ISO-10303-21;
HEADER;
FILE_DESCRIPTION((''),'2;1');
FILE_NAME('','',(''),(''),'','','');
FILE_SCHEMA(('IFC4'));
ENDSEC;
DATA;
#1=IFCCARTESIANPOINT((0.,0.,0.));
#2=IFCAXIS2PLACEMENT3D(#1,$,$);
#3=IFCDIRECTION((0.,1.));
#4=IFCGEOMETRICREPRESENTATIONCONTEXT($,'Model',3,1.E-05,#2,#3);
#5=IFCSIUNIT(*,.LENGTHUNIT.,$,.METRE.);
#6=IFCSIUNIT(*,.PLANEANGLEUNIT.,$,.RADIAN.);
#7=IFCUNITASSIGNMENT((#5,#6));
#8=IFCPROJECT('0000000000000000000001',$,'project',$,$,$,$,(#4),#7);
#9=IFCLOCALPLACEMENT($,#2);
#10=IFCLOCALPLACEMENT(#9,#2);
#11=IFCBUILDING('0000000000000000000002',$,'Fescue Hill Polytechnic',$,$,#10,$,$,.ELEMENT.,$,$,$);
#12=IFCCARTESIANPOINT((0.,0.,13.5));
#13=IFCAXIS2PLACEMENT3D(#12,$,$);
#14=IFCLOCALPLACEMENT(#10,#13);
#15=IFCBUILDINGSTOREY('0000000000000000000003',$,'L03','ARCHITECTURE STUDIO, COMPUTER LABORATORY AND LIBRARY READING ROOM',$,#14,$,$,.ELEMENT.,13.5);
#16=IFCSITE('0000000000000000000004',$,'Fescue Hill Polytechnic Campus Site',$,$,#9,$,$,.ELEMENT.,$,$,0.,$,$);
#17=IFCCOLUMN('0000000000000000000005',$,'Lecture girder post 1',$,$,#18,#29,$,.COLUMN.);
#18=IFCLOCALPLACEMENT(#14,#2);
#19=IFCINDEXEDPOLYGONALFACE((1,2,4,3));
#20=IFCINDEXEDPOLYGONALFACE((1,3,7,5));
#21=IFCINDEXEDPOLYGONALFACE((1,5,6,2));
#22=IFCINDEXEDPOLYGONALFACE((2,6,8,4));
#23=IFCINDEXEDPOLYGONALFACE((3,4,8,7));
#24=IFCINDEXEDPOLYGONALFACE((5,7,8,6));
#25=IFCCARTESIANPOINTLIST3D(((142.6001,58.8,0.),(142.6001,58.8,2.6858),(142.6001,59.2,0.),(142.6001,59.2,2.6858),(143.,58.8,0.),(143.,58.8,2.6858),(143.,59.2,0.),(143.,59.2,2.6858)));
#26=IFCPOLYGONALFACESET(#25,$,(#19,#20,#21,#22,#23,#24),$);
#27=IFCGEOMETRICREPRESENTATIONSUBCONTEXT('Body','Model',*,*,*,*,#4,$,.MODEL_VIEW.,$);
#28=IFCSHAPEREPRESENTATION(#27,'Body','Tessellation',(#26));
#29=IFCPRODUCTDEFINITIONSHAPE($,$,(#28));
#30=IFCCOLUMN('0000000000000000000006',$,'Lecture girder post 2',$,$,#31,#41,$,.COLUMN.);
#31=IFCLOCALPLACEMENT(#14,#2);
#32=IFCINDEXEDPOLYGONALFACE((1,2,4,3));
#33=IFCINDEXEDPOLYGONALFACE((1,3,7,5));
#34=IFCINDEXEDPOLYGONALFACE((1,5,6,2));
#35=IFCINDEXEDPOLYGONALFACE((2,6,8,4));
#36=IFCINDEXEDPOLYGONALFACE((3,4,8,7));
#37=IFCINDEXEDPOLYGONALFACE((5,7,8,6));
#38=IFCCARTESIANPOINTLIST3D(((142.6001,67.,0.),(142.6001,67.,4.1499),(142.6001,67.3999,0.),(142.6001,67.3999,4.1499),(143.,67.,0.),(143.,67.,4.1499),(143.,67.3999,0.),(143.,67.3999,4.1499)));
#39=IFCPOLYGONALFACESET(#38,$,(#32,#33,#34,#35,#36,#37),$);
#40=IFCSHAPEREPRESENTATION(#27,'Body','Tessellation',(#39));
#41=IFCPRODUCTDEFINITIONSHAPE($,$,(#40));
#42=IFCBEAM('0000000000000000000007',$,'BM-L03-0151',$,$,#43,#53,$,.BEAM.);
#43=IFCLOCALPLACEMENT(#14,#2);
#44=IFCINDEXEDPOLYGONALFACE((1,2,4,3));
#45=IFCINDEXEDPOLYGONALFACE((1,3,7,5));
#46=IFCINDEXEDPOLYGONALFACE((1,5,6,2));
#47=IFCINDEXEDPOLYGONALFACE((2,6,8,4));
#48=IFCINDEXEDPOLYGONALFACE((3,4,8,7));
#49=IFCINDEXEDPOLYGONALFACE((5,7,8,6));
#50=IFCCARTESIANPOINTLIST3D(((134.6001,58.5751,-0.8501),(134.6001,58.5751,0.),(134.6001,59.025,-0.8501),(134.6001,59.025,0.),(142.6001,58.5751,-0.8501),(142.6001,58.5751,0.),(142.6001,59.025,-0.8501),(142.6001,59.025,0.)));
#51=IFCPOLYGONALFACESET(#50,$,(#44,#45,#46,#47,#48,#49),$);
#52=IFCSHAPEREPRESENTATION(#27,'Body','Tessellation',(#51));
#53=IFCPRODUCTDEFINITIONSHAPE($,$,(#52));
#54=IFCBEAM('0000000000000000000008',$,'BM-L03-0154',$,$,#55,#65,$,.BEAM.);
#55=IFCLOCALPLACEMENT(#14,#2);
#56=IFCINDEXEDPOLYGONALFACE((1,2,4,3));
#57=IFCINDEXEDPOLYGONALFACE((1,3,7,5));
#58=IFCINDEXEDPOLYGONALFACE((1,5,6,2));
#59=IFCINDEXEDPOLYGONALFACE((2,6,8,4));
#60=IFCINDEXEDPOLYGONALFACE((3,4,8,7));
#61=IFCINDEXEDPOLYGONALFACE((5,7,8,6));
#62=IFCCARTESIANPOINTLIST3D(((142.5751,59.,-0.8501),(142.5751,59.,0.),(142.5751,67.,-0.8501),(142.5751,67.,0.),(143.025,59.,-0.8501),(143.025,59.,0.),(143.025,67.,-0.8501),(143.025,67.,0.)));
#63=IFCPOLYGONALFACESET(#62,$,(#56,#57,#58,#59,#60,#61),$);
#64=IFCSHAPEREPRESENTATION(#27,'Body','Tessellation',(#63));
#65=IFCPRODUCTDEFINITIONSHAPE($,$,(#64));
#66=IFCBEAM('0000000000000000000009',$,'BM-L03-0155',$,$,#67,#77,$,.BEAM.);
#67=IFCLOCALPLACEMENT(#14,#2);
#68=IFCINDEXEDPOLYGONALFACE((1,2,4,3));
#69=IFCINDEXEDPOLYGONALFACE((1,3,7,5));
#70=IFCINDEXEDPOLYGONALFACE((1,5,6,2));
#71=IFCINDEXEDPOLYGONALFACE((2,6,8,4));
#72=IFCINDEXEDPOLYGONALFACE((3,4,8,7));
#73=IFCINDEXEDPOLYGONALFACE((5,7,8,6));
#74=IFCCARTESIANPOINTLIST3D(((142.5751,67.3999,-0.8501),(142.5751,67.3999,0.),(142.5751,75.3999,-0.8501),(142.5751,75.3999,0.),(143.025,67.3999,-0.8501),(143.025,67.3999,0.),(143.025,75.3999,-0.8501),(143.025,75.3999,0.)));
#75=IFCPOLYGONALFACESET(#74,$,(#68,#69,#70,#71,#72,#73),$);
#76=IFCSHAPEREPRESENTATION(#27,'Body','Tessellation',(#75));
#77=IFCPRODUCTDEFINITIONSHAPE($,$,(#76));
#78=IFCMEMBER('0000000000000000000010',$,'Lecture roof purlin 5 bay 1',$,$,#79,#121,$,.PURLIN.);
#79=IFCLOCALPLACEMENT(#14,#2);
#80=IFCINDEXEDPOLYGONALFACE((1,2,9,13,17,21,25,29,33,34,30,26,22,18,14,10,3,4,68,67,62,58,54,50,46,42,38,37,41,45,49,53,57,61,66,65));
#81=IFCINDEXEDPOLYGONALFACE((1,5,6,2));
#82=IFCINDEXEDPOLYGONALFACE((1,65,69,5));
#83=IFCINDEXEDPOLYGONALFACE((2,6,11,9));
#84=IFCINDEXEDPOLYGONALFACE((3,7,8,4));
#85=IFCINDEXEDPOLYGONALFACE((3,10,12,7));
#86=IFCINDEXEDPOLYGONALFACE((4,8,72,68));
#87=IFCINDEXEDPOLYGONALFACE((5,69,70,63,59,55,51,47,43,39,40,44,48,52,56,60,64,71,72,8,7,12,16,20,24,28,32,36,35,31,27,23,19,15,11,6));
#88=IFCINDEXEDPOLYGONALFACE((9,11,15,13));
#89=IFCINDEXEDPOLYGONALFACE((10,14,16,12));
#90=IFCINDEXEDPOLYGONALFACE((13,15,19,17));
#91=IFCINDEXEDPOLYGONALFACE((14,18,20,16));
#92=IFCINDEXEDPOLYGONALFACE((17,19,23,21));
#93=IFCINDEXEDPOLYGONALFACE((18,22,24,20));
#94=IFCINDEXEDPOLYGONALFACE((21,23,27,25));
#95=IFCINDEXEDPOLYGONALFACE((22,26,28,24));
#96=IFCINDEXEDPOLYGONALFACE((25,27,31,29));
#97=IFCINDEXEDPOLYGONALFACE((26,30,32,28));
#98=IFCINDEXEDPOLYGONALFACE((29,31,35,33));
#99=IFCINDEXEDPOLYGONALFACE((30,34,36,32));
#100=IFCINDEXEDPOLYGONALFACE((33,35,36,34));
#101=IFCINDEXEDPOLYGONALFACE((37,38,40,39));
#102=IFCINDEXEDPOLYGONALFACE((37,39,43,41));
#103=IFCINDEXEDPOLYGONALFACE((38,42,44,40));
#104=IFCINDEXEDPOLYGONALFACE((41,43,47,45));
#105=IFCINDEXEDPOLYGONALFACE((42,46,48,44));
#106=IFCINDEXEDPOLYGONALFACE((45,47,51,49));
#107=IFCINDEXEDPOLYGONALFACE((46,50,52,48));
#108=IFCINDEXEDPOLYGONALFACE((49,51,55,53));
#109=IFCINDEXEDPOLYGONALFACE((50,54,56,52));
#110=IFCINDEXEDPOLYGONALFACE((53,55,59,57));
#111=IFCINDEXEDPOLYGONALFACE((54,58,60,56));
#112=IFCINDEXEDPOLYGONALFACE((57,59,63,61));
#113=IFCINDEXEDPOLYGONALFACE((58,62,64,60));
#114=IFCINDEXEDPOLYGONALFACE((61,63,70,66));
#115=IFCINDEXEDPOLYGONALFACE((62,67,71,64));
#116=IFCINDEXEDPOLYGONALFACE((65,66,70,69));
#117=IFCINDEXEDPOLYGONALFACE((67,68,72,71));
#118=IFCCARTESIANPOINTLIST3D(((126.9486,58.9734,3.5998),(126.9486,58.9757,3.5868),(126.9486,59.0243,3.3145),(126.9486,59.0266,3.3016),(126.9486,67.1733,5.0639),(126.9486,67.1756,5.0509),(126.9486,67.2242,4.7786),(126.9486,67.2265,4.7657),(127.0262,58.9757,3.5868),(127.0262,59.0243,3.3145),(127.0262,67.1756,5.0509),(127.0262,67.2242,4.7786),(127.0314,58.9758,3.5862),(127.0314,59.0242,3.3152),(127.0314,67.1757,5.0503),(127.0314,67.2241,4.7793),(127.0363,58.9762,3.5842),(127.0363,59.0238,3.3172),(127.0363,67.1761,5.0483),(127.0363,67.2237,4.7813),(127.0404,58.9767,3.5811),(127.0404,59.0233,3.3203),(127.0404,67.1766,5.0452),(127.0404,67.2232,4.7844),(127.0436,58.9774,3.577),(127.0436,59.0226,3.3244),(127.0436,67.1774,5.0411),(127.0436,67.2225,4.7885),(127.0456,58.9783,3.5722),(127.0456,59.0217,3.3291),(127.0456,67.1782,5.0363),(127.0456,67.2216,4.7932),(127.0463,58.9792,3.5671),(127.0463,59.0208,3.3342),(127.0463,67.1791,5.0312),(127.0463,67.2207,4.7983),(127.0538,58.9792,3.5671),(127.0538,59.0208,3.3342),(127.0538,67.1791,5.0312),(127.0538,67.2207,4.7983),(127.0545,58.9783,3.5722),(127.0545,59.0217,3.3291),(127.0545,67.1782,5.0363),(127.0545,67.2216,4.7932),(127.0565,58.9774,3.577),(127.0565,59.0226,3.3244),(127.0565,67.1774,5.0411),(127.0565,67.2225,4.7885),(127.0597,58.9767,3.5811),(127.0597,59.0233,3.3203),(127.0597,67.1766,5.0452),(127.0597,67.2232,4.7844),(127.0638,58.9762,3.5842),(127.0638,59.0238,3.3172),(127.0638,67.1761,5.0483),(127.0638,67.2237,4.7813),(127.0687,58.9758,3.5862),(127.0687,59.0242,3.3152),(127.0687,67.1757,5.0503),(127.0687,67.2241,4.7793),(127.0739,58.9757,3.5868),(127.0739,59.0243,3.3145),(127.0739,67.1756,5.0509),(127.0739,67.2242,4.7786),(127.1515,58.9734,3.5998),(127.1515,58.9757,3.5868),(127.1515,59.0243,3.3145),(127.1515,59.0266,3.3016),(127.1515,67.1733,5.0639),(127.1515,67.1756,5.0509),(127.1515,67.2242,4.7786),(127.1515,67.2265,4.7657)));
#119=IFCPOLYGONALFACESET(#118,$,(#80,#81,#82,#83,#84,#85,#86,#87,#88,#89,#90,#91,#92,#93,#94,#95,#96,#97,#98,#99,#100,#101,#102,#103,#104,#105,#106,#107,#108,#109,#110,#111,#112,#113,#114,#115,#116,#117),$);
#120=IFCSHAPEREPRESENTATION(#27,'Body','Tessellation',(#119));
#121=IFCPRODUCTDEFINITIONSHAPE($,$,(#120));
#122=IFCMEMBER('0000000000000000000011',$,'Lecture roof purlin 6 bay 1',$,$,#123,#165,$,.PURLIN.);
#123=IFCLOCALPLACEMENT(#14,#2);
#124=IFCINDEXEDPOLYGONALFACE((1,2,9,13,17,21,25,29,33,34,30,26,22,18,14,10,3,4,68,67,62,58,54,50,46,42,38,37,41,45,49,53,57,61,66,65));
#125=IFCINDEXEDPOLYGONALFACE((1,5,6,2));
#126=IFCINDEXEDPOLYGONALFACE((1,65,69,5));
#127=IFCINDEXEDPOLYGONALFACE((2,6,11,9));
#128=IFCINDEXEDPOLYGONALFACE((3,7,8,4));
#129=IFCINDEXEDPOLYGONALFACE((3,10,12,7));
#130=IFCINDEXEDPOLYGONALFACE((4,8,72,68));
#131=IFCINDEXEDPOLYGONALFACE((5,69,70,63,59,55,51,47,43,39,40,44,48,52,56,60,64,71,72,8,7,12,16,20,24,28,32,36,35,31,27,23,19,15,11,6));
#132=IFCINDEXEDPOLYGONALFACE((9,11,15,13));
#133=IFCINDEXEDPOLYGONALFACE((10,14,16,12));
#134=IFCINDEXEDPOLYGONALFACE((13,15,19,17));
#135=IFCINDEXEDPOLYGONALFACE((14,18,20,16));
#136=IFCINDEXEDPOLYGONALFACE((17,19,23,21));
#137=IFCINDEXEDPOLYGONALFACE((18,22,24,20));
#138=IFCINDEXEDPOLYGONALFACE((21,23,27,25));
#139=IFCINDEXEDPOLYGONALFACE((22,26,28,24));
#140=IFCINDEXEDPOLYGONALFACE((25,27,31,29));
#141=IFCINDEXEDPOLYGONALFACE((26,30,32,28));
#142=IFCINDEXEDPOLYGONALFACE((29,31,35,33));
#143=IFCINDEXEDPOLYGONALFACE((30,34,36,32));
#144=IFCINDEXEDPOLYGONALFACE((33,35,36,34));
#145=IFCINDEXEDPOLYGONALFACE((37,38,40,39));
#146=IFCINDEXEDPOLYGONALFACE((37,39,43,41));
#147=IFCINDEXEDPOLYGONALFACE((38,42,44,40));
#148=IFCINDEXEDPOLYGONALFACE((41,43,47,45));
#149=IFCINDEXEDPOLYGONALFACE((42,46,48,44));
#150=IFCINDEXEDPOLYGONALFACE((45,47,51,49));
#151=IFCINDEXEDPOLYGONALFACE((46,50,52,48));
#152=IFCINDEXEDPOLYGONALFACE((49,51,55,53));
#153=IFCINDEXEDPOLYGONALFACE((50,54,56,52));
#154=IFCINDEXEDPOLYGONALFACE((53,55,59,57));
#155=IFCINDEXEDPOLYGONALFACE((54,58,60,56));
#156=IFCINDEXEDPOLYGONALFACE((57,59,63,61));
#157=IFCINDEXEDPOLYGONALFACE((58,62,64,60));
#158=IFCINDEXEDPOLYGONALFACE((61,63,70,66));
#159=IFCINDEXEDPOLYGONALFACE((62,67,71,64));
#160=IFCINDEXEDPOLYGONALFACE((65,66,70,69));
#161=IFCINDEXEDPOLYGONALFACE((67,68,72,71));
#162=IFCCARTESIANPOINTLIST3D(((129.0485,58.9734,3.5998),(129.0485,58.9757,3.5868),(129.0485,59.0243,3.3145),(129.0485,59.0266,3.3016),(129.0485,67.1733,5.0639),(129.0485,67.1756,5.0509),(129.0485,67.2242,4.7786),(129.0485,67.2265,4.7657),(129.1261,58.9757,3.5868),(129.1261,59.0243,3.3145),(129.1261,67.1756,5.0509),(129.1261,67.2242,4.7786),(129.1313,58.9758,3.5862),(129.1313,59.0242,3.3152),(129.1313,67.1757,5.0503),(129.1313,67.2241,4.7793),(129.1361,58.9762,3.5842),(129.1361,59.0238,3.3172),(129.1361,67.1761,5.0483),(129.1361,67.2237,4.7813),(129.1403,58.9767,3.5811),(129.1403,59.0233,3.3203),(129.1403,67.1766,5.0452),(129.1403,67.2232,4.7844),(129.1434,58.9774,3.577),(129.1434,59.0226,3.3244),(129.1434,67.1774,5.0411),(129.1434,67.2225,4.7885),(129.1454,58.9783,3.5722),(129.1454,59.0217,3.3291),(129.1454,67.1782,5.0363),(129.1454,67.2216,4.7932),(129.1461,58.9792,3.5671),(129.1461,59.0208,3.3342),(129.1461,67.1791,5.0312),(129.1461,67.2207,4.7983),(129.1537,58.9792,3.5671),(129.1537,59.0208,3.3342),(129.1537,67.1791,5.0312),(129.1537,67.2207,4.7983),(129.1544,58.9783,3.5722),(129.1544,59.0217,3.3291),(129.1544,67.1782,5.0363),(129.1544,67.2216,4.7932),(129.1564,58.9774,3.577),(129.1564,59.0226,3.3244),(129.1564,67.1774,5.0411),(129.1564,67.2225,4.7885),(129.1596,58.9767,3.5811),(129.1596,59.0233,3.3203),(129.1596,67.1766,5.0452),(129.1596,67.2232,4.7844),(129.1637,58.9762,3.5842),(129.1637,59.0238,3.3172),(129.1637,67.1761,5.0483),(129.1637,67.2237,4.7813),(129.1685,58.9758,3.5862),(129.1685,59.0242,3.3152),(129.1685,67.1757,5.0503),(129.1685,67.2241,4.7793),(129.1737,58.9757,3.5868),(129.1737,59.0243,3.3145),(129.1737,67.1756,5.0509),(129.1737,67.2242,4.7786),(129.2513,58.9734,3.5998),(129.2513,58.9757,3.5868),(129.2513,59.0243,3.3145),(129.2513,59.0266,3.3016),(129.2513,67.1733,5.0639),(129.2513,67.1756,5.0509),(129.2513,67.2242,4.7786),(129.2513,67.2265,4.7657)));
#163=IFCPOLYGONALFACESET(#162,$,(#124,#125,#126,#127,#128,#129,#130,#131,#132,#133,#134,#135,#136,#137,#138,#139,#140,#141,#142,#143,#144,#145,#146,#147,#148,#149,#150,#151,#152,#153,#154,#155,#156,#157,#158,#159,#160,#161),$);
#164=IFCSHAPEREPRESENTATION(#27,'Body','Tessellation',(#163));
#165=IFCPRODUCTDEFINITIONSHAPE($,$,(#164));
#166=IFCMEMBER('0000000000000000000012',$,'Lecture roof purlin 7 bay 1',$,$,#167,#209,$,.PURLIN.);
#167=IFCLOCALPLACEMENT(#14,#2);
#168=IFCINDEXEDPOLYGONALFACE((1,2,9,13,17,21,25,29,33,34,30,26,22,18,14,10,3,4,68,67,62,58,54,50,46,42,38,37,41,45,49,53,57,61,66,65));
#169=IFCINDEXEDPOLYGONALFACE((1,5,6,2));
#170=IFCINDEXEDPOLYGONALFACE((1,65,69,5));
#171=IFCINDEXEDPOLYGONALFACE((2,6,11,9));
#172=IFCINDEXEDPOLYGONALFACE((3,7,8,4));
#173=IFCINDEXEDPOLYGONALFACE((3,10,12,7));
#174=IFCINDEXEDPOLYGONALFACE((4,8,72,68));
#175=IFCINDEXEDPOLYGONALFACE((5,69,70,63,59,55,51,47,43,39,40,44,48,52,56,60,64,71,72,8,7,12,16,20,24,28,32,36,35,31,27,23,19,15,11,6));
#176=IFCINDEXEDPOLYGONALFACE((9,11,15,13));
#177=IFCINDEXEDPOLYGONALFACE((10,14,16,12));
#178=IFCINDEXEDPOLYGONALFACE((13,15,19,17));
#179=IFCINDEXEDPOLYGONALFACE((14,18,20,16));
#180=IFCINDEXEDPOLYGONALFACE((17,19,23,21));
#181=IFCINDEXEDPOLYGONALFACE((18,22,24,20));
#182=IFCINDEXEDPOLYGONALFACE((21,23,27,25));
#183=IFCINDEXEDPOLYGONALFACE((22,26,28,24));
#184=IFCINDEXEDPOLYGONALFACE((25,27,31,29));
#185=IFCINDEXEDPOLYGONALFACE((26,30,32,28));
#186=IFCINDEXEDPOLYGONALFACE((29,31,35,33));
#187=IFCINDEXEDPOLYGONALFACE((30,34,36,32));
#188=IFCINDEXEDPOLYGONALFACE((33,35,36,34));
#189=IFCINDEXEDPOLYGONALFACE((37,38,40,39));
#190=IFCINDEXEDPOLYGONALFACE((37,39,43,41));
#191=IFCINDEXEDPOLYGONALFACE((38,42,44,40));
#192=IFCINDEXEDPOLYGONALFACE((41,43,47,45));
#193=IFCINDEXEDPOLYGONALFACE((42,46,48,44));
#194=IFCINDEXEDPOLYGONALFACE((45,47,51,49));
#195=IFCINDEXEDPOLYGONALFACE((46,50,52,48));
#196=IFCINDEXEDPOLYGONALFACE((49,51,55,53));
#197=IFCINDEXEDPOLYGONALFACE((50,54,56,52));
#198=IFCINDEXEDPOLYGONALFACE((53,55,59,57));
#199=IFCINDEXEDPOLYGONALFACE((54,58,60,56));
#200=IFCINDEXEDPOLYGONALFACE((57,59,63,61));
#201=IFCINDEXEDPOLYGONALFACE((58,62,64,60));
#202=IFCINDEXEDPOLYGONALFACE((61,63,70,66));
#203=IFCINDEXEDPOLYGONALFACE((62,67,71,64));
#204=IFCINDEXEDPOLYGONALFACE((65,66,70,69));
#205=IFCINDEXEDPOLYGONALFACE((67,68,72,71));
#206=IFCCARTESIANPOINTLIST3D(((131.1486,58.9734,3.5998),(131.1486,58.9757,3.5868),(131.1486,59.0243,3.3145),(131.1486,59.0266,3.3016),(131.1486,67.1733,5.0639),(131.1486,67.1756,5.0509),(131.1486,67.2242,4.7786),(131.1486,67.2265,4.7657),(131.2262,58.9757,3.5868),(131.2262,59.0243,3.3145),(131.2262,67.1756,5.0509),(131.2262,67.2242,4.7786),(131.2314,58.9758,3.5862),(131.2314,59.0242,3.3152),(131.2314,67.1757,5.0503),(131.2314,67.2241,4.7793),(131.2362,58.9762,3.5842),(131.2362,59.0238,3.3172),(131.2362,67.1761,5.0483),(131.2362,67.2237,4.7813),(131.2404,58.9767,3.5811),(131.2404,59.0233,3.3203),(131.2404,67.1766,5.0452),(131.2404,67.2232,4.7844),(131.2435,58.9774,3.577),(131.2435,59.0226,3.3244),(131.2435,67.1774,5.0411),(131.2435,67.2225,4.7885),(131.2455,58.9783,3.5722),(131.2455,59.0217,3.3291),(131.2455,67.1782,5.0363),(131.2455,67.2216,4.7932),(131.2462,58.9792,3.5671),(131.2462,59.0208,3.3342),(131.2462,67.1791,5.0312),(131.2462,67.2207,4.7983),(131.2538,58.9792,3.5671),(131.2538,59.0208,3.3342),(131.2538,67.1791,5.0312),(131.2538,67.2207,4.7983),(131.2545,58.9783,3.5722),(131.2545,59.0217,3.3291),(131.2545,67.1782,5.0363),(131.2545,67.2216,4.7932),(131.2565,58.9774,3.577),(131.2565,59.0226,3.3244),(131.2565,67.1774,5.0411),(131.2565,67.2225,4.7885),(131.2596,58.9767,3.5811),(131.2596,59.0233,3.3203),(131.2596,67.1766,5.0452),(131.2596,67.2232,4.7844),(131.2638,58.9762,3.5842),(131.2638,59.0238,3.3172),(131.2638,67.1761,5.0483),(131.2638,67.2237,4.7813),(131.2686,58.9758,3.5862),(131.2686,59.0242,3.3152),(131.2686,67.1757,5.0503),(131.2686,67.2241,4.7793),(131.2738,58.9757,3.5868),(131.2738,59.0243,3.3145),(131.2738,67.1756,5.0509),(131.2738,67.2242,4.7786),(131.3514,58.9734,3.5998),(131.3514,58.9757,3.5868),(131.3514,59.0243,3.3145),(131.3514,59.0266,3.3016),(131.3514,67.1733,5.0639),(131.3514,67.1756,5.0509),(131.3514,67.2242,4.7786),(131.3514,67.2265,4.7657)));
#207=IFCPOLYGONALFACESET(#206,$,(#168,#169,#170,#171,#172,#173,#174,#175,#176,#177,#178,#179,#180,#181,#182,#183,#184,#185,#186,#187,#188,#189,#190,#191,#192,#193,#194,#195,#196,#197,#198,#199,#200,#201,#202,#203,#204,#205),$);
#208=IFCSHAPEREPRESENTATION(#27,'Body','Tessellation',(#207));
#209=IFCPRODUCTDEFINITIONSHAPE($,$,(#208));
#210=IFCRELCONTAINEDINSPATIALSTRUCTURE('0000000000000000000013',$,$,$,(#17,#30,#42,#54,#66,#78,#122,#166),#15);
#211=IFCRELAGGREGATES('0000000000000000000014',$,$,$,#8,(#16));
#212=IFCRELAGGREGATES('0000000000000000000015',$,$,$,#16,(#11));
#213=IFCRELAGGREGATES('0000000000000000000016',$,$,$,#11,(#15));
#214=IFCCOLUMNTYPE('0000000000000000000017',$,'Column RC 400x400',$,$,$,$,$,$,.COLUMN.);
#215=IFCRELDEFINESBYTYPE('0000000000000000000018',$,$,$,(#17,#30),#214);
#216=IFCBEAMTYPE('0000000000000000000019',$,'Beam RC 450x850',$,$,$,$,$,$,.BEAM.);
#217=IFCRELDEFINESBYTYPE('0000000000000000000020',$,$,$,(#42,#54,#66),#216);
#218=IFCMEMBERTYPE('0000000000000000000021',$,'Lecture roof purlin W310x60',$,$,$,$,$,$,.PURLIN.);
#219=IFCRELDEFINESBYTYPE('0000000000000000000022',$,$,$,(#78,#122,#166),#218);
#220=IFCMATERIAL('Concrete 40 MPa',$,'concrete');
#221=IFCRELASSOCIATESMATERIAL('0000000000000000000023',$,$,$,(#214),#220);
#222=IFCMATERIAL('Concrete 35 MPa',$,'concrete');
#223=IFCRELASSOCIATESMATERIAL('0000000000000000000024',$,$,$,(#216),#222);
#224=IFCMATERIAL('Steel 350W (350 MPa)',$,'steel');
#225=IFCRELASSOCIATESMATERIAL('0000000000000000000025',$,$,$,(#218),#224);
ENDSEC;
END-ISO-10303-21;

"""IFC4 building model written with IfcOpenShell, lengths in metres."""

from ifc_helpers import new_model, si_unit, direction, frame, origin, origin_2d, place, context, subcontext, project, spatial, rectangle, i_section, extrude, material, material_profile, profile_set, type_object, element, save


model = new_model("IFC4")

# Units and contexts
model_context = context("Model", 3, precision=1e-05, world=origin(), true_north=direction((0.0, 1.0)))
body_context = subcontext(model_context, "Body", "Model", "MODEL_VIEW")
ifc_project = project(units=[si_unit("LENGTHUNIT", "METRE"), si_unit("PLANEANGLEUNIT", "RADIAN")], contexts=[model_context])

# Site, building, storey
site_placement = place(None, origin())
site = spatial("IfcSite", under=ifc_project, at=site_placement, Name="Fescue Hill Polytechnic Campus Site", CompositionType="ELEMENT", RefElevation=0.0)
building_placement = place(site_placement, origin())
building = spatial("IfcBuilding", under=site, at=building_placement, Name="Fescue Hill Polytechnic", CompositionType="ELEMENT")
storey_placement = place(building_placement, frame((0.0, 0.0, 13.5)))
storey = spatial("IfcBuildingStorey", under=building, at=storey_placement, Name="L03", Description="ARCHITECTURE STUDIO, COMPUTER LABORATORY AND LIBRARY READING ROOM", CompositionType="ELEMENT", Elevation=13.5)

# Columns
ifc_material_1 = material(Name="Concrete 40 MPa", Category="concrete")
ifc_material_profile_1 = material_profile(ifc_material_1, rectangle(XDim=0.3999, YDim=0.3999, at=origin_2d()), Name="RC 400x400")
ifc_profile_set_1 = profile_set([ifc_material_profile_1], Name="Concrete 40 MPa")
column_type = type_object("IfcColumnType", Name="Column RC 400x400", PredefinedType="COLUMN", material=ifc_profile_set_1)
column_1_placement = place(storey_placement, frame((142.8, 59.0, 0.0), z_axis=(0.0, 0.0, 1.0), x_axis=(1.0, 0.0, 0.0)))
element("IfcColumn", 1, at=column_1_placement, inside=storey, type_object=column_type, Name="Lecture girder post 1", PredefinedType="COLUMN", context=body_context, shape_type="SweptSolid", body=[
    extrude(rectangle(XDim=0.3999, YDim=0.3999, at=origin_2d()), origin(), (0.0, 0.0, 1.0), 2.6858),
])
column_2_placement = place(storey_placement, frame((142.8, 67.2, 0.0), z_axis=(0.0, 0.0, 1.0), x_axis=(1.0, 0.0, 0.0)))
element("IfcColumn", 2, at=column_2_placement, inside=storey, type_object=column_type, Name="Lecture girder post 2", PredefinedType="COLUMN", context=body_context, shape_type="SweptSolid", body=[
    extrude(rectangle(XDim=0.3999, YDim=0.3999, at=origin_2d()), origin(), (0.0, 0.0, 1.0), 4.1499),
])

# Beams
ifc_material_2 = material(Name="Concrete 35 MPa", Category="concrete")
ifc_material_profile_2 = material_profile(ifc_material_2, rectangle(XDim=0.45, YDim=0.8501, at=origin_2d()), Name="RC 450x850")
ifc_profile_set_2 = profile_set([ifc_material_profile_2], Name="Concrete 35 MPa")
beam_type = type_object("IfcBeamType", Name="Beam RC 450x850", PredefinedType="BEAM", material=ifc_profile_set_2)
for number, where, z_axis, x_axis, name in (
    (3, (134.6001, 58.8, -0.425), (1.0, 0.0, 0.0), (0.0, 1.0, 0.0), "BM-L03-0151"),
    (4, (142.8, 59.0, -0.425), (0.0, 1.0, 0.0), (-1.0, 0.0, 0.0), "BM-L03-0154"),
    (5, (142.8, 67.3999, -0.425), (0.0, 1.0, 0.0), (-1.0, 0.0, 0.0), "BM-L03-0155"),
):
    element("IfcBeam", number, at=place(storey_placement, frame(where, z_axis=z_axis, x_axis=x_axis)), inside=storey, type_object=beam_type, Name=name, PredefinedType="BEAM", context=body_context, shape_type="SweptSolid", body=[
        extrude(rectangle(XDim=0.45, YDim=0.8501, at=origin_2d()), origin(), (0.0, 0.0, 1.0), 8.0),
    ])

# Members
ifc_material_3 = material(Name="Steel 350W (350 MPa)", Category="steel")
ifc_material_profile_3 = material_profile(ifc_material_3, i_section(OverallWidth=0.2029, OverallDepth=0.303, WebThickness=0.0076, FlangeThickness=0.0132, FilletRadius=0.02, at=origin_2d()), Name="W310x60")
ifc_profile_set_3 = profile_set([ifc_material_profile_3], Name="Steel 350W (350 MPa)")
member_type = type_object("IfcMemberType", Name="Lecture roof purlin W310x60", PredefinedType="PURLIN", material=ifc_profile_set_3)
for number, where, z_axis, x_axis, name in (
    (6, (127.05, 59.0, 3.4507), (0.0, 0.984431, 0.175771), (-1.0, 0.0, 0.0), "Lecture roof purlin 5 bay 1"),
    (7, (129.1499, 59.0, 3.4507), (0.0, 0.984431, 0.175771), (-1.0, 0.0, 0.0), "Lecture roof purlin 6 bay 1"),
    (8, (131.25, 59.0, 3.4507), (0.0, 0.984431, 0.175771), (-1.0, 0.0, 0.0), "Lecture roof purlin 7 bay 1"),
):
    element("IfcMember", number, at=place(storey_placement, frame(where, z_axis=z_axis, x_axis=x_axis)), inside=storey, type_object=member_type, Name=name, PredefinedType="PURLIN", context=body_context, shape_type="SweptSolid", body=[
        extrude(i_section(OverallWidth=0.2029, OverallDepth=0.303, WebThickness=0.0076, FlangeThickness=0.0132, FilletRadius=0.02, at=origin_2d()), origin(), (0.0, 0.0, 1.0), 8.3296),
    ])

save(model, "model.ifc")
